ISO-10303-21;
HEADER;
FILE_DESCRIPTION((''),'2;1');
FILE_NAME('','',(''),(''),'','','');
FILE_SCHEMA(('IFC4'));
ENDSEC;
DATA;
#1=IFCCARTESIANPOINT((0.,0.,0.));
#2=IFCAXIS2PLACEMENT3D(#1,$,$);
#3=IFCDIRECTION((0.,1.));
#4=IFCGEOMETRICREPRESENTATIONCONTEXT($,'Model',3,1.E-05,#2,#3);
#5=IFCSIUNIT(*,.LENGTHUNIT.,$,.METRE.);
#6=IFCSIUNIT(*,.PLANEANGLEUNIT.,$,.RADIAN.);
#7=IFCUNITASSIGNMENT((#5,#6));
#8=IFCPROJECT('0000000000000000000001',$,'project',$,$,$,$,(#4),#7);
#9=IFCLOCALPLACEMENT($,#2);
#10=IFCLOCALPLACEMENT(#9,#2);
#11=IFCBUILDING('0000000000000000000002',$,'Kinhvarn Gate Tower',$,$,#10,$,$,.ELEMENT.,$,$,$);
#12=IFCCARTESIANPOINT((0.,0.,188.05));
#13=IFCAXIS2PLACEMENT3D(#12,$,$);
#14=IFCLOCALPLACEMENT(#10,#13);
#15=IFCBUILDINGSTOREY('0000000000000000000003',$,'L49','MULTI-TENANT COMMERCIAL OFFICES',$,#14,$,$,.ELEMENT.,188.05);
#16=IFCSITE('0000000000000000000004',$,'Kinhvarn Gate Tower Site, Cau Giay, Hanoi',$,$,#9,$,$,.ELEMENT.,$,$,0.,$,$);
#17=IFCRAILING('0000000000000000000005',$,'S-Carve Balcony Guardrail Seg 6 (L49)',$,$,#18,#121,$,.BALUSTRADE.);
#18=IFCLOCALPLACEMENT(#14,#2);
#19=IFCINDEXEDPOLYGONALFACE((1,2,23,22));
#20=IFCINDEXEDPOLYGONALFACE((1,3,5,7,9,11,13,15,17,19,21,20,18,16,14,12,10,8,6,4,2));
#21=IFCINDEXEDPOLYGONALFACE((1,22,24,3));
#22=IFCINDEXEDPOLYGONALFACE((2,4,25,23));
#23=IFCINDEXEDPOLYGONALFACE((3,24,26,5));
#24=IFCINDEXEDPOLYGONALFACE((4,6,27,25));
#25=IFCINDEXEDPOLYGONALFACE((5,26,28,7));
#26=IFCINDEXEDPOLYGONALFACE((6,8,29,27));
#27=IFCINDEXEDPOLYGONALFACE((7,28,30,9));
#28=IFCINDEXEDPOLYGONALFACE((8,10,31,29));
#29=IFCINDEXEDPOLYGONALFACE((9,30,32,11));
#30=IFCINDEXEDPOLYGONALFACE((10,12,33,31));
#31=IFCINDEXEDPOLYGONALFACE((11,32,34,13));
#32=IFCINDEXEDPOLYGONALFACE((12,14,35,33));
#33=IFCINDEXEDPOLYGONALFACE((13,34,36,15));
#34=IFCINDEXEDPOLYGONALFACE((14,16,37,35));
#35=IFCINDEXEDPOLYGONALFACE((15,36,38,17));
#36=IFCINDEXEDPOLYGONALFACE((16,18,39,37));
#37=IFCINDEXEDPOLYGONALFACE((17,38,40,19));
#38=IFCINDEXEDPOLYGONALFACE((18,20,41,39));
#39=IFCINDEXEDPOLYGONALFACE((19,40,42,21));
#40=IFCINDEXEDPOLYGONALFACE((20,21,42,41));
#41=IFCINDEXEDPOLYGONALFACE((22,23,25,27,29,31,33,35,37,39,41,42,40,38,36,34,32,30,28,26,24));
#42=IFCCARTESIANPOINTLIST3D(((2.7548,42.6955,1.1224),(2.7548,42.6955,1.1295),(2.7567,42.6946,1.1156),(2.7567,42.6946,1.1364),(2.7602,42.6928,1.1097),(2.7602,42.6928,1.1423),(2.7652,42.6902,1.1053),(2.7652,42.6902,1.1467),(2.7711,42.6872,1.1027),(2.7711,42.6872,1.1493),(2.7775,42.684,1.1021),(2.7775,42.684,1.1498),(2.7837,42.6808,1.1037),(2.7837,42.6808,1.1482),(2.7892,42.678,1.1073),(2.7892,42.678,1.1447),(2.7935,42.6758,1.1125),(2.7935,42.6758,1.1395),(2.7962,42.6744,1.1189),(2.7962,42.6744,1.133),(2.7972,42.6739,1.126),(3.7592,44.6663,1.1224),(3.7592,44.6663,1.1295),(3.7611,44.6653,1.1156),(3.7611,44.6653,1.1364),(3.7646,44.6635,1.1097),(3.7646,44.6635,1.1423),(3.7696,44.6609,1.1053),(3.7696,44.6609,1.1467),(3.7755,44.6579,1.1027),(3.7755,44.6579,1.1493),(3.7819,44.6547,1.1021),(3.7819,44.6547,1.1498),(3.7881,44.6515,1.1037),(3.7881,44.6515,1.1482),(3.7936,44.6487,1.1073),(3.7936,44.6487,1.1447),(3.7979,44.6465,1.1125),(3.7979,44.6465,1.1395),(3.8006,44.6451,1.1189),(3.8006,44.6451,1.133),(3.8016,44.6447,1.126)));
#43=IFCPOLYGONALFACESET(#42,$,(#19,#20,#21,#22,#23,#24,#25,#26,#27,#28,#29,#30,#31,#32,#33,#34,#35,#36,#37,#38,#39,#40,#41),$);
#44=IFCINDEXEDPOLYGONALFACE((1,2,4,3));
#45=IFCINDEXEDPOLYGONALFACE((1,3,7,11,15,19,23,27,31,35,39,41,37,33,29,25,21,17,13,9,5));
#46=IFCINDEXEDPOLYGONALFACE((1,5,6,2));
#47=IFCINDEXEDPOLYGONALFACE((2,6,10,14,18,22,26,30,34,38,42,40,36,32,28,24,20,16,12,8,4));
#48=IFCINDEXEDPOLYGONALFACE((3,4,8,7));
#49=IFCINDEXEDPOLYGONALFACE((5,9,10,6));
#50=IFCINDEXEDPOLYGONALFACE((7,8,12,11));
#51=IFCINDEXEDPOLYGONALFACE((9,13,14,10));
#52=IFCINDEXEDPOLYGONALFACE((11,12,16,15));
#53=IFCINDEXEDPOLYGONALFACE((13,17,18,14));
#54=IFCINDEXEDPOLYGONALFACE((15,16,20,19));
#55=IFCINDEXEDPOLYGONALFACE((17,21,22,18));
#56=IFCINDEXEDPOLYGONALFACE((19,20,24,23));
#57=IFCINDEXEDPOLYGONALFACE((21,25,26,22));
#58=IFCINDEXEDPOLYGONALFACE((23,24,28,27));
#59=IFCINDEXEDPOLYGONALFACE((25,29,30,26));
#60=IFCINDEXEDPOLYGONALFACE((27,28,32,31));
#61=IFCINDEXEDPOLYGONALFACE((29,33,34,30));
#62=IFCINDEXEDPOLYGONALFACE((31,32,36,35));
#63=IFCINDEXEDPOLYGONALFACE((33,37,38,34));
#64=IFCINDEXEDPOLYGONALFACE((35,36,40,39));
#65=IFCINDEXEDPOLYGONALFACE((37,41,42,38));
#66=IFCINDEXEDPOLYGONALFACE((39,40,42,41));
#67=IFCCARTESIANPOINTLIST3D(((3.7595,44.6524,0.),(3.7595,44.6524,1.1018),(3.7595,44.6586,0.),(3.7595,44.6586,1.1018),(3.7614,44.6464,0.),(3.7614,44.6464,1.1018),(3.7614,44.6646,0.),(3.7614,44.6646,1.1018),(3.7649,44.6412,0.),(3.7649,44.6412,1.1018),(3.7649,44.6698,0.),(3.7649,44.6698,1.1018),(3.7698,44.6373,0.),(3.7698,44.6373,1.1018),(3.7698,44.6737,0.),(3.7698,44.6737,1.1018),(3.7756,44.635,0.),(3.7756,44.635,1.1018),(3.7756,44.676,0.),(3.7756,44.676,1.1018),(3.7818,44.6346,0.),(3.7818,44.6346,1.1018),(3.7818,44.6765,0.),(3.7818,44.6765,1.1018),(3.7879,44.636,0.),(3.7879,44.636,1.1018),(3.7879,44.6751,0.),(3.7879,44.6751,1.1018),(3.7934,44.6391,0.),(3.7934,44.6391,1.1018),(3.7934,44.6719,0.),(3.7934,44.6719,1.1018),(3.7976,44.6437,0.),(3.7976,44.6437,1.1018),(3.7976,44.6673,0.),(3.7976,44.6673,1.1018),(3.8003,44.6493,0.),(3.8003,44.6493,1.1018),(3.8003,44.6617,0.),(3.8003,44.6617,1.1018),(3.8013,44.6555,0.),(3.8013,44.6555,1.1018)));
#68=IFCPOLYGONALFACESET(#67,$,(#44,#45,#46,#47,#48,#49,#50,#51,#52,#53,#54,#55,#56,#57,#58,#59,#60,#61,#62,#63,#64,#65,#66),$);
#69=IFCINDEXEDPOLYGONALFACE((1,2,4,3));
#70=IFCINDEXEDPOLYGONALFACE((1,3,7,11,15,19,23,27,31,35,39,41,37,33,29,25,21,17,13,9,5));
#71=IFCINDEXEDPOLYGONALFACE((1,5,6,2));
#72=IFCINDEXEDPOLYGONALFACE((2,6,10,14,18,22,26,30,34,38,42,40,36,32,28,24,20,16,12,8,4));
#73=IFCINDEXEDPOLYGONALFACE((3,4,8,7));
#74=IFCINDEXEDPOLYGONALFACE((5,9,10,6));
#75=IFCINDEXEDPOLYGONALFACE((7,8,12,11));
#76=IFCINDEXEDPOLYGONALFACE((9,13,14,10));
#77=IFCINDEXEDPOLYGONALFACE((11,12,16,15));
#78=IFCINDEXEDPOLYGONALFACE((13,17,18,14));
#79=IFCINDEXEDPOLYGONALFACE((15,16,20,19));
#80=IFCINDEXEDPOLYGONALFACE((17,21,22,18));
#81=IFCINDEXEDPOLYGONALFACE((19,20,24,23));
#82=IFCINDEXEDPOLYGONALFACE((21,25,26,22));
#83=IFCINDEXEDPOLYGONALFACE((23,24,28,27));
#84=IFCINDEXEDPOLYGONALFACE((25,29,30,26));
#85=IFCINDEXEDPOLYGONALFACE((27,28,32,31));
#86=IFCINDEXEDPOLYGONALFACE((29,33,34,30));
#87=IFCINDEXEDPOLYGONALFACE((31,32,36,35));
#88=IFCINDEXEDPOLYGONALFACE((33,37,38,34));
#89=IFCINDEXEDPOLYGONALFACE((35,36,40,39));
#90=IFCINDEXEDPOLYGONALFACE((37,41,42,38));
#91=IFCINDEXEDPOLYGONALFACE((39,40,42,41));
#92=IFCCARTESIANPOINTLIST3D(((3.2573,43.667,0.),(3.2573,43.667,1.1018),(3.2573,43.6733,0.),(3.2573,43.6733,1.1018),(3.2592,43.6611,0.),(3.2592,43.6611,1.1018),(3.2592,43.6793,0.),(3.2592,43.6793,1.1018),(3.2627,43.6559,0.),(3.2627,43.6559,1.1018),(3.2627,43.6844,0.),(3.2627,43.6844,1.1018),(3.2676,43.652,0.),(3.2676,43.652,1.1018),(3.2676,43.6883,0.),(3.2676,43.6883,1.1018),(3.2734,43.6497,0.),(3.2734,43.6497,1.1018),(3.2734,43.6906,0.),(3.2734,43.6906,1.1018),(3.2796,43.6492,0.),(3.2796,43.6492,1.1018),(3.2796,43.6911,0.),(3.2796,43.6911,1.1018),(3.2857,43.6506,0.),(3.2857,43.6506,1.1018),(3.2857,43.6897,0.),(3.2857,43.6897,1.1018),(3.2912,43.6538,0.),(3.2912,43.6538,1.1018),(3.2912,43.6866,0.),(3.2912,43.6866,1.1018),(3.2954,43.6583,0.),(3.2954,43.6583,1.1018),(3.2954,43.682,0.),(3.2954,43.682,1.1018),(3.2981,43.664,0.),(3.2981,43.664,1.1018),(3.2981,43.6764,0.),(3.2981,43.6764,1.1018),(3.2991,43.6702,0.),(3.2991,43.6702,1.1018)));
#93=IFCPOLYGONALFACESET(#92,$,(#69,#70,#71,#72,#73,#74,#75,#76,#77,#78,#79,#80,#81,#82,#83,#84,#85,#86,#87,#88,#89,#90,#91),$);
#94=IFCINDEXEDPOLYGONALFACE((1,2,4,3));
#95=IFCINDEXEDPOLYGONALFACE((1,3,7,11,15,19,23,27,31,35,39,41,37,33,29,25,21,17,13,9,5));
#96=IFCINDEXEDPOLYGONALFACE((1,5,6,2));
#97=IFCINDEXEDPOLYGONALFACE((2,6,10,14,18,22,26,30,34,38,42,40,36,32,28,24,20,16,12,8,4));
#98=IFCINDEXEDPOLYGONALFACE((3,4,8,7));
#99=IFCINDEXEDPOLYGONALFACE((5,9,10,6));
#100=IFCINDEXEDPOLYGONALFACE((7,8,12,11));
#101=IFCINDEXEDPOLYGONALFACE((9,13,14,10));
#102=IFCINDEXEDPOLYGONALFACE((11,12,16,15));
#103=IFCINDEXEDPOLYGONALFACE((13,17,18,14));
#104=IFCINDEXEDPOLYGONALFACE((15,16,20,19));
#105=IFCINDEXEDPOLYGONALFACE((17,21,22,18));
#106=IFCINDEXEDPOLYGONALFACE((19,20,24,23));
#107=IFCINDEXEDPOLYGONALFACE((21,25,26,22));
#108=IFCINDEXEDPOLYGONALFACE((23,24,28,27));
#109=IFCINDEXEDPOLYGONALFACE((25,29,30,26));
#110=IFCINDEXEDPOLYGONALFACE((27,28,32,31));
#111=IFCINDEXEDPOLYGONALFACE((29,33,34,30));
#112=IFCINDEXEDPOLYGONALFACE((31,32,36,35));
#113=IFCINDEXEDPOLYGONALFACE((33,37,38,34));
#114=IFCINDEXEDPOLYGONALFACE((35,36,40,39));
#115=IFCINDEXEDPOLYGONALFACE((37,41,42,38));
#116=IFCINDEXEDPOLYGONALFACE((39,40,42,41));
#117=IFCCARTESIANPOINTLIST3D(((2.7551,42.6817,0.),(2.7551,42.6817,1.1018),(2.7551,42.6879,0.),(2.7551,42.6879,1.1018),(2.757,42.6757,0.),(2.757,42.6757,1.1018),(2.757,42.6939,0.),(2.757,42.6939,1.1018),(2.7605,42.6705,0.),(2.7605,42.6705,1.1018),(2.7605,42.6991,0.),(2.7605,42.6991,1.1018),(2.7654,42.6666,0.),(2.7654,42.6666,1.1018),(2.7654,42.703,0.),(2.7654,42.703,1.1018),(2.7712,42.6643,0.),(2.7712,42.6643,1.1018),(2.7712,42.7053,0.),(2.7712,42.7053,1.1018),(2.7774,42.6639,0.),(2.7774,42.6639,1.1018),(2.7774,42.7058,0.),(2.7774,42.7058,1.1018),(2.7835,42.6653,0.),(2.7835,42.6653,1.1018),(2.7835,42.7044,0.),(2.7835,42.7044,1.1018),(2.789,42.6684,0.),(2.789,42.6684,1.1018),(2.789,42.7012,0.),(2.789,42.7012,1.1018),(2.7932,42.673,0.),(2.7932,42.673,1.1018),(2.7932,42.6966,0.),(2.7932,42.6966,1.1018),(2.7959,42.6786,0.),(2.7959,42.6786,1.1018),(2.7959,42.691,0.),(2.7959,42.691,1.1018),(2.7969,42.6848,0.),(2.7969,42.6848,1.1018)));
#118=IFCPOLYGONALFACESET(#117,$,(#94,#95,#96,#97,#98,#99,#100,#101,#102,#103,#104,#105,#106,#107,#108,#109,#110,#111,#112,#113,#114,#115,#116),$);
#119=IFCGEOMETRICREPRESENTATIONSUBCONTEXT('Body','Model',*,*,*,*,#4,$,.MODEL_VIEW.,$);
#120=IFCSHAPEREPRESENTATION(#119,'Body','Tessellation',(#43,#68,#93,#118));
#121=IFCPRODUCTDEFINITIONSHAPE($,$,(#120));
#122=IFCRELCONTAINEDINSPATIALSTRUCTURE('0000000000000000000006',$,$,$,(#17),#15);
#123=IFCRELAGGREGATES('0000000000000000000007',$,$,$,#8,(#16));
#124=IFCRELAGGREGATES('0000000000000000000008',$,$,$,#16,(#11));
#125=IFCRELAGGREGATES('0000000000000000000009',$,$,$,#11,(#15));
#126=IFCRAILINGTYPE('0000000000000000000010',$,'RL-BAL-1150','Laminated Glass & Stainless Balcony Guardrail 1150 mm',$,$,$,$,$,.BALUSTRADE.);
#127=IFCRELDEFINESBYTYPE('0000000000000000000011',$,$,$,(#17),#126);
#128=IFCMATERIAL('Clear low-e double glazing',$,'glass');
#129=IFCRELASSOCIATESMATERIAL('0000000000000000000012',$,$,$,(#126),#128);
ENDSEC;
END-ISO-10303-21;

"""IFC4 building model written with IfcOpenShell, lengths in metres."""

from ifc_helpers import new_model, si_unit, direction, frame, origin, origin_2d, place, context, subcontext, project, spatial, circle, extrude, material, type_object, element, save


model = new_model("IFC4")

# Units and contexts
model_context = context("Model", 3, precision=1e-05, world=origin(), true_north=direction((0.0, 1.0)))
body_context = subcontext(model_context, "Body", "Model", "MODEL_VIEW")
ifc_project = project(units=[si_unit("LENGTHUNIT", "METRE"), si_unit("PLANEANGLEUNIT", "RADIAN")], contexts=[model_context])

# Site, building, storey
site_placement = place(None, origin())
site = spatial("IfcSite", under=ifc_project, at=site_placement, Name="Kinhvarn Gate Tower Site, Cau Giay, Hanoi", CompositionType="ELEMENT", RefElevation=0.0)
building_placement = place(site_placement, origin())
building = spatial("IfcBuilding", under=site, at=building_placement, Name="Kinhvarn Gate Tower", CompositionType="ELEMENT")
storey_placement = place(building_placement, frame((0.0, 0.0, 188.05)))
storey = spatial("IfcBuildingStorey", under=building, at=storey_placement, Name="L49", Description="MULTI-TENANT COMMERCIAL OFFICES", CompositionType="ELEMENT", Elevation=188.05)

# Shared definitions
ifc_material_1 = material(Name="Clear low-e double glazing", Category="glass")

# Railing
railing_type = type_object("IfcRailingType", Name="RL-BAL-1150", Description="Laminated Glass & Stainless Balcony Guardrail 1150 mm", PredefinedType="BALUSTRADE", material=ifc_material_1)
railing_1_placement = place(storey_placement, frame((3.7803, 44.6555, 0.0)))
element("IfcRailing", 1, at=railing_1_placement, inside=storey, type_object=railing_type, Name="S-Carve Balcony Guardrail Seg 6 (L49)", PredefinedType="BALUSTRADE", context=body_context, shape_type="SweptSolid", body=[
    extrude(circle(Radius=0.0239, at=origin_2d()), frame((0.0, 0.0, 1.126), z_axis=(-0.454088, -0.890957, 0.0), x_axis=(0.890957, -0.454088, 0.0)), (0.0, 0.0, 1.0), 2.2119),
    extrude(circle(Radius=0.021, at=origin_2d()), origin(), (0.0, 0.0, 1.0), 1.1018),
    extrude(circle(Radius=0.021, at=origin_2d()), frame((-0.5022, -0.9854, 0.0)), (0.0, 0.0, 1.0), 1.1018),
    extrude(circle(Radius=0.021, at=origin_2d()), frame((-1.0044, -1.9707, 0.0)), (0.0, 0.0, 1.0), 1.1018),
])

save(model, "model.ifc")
